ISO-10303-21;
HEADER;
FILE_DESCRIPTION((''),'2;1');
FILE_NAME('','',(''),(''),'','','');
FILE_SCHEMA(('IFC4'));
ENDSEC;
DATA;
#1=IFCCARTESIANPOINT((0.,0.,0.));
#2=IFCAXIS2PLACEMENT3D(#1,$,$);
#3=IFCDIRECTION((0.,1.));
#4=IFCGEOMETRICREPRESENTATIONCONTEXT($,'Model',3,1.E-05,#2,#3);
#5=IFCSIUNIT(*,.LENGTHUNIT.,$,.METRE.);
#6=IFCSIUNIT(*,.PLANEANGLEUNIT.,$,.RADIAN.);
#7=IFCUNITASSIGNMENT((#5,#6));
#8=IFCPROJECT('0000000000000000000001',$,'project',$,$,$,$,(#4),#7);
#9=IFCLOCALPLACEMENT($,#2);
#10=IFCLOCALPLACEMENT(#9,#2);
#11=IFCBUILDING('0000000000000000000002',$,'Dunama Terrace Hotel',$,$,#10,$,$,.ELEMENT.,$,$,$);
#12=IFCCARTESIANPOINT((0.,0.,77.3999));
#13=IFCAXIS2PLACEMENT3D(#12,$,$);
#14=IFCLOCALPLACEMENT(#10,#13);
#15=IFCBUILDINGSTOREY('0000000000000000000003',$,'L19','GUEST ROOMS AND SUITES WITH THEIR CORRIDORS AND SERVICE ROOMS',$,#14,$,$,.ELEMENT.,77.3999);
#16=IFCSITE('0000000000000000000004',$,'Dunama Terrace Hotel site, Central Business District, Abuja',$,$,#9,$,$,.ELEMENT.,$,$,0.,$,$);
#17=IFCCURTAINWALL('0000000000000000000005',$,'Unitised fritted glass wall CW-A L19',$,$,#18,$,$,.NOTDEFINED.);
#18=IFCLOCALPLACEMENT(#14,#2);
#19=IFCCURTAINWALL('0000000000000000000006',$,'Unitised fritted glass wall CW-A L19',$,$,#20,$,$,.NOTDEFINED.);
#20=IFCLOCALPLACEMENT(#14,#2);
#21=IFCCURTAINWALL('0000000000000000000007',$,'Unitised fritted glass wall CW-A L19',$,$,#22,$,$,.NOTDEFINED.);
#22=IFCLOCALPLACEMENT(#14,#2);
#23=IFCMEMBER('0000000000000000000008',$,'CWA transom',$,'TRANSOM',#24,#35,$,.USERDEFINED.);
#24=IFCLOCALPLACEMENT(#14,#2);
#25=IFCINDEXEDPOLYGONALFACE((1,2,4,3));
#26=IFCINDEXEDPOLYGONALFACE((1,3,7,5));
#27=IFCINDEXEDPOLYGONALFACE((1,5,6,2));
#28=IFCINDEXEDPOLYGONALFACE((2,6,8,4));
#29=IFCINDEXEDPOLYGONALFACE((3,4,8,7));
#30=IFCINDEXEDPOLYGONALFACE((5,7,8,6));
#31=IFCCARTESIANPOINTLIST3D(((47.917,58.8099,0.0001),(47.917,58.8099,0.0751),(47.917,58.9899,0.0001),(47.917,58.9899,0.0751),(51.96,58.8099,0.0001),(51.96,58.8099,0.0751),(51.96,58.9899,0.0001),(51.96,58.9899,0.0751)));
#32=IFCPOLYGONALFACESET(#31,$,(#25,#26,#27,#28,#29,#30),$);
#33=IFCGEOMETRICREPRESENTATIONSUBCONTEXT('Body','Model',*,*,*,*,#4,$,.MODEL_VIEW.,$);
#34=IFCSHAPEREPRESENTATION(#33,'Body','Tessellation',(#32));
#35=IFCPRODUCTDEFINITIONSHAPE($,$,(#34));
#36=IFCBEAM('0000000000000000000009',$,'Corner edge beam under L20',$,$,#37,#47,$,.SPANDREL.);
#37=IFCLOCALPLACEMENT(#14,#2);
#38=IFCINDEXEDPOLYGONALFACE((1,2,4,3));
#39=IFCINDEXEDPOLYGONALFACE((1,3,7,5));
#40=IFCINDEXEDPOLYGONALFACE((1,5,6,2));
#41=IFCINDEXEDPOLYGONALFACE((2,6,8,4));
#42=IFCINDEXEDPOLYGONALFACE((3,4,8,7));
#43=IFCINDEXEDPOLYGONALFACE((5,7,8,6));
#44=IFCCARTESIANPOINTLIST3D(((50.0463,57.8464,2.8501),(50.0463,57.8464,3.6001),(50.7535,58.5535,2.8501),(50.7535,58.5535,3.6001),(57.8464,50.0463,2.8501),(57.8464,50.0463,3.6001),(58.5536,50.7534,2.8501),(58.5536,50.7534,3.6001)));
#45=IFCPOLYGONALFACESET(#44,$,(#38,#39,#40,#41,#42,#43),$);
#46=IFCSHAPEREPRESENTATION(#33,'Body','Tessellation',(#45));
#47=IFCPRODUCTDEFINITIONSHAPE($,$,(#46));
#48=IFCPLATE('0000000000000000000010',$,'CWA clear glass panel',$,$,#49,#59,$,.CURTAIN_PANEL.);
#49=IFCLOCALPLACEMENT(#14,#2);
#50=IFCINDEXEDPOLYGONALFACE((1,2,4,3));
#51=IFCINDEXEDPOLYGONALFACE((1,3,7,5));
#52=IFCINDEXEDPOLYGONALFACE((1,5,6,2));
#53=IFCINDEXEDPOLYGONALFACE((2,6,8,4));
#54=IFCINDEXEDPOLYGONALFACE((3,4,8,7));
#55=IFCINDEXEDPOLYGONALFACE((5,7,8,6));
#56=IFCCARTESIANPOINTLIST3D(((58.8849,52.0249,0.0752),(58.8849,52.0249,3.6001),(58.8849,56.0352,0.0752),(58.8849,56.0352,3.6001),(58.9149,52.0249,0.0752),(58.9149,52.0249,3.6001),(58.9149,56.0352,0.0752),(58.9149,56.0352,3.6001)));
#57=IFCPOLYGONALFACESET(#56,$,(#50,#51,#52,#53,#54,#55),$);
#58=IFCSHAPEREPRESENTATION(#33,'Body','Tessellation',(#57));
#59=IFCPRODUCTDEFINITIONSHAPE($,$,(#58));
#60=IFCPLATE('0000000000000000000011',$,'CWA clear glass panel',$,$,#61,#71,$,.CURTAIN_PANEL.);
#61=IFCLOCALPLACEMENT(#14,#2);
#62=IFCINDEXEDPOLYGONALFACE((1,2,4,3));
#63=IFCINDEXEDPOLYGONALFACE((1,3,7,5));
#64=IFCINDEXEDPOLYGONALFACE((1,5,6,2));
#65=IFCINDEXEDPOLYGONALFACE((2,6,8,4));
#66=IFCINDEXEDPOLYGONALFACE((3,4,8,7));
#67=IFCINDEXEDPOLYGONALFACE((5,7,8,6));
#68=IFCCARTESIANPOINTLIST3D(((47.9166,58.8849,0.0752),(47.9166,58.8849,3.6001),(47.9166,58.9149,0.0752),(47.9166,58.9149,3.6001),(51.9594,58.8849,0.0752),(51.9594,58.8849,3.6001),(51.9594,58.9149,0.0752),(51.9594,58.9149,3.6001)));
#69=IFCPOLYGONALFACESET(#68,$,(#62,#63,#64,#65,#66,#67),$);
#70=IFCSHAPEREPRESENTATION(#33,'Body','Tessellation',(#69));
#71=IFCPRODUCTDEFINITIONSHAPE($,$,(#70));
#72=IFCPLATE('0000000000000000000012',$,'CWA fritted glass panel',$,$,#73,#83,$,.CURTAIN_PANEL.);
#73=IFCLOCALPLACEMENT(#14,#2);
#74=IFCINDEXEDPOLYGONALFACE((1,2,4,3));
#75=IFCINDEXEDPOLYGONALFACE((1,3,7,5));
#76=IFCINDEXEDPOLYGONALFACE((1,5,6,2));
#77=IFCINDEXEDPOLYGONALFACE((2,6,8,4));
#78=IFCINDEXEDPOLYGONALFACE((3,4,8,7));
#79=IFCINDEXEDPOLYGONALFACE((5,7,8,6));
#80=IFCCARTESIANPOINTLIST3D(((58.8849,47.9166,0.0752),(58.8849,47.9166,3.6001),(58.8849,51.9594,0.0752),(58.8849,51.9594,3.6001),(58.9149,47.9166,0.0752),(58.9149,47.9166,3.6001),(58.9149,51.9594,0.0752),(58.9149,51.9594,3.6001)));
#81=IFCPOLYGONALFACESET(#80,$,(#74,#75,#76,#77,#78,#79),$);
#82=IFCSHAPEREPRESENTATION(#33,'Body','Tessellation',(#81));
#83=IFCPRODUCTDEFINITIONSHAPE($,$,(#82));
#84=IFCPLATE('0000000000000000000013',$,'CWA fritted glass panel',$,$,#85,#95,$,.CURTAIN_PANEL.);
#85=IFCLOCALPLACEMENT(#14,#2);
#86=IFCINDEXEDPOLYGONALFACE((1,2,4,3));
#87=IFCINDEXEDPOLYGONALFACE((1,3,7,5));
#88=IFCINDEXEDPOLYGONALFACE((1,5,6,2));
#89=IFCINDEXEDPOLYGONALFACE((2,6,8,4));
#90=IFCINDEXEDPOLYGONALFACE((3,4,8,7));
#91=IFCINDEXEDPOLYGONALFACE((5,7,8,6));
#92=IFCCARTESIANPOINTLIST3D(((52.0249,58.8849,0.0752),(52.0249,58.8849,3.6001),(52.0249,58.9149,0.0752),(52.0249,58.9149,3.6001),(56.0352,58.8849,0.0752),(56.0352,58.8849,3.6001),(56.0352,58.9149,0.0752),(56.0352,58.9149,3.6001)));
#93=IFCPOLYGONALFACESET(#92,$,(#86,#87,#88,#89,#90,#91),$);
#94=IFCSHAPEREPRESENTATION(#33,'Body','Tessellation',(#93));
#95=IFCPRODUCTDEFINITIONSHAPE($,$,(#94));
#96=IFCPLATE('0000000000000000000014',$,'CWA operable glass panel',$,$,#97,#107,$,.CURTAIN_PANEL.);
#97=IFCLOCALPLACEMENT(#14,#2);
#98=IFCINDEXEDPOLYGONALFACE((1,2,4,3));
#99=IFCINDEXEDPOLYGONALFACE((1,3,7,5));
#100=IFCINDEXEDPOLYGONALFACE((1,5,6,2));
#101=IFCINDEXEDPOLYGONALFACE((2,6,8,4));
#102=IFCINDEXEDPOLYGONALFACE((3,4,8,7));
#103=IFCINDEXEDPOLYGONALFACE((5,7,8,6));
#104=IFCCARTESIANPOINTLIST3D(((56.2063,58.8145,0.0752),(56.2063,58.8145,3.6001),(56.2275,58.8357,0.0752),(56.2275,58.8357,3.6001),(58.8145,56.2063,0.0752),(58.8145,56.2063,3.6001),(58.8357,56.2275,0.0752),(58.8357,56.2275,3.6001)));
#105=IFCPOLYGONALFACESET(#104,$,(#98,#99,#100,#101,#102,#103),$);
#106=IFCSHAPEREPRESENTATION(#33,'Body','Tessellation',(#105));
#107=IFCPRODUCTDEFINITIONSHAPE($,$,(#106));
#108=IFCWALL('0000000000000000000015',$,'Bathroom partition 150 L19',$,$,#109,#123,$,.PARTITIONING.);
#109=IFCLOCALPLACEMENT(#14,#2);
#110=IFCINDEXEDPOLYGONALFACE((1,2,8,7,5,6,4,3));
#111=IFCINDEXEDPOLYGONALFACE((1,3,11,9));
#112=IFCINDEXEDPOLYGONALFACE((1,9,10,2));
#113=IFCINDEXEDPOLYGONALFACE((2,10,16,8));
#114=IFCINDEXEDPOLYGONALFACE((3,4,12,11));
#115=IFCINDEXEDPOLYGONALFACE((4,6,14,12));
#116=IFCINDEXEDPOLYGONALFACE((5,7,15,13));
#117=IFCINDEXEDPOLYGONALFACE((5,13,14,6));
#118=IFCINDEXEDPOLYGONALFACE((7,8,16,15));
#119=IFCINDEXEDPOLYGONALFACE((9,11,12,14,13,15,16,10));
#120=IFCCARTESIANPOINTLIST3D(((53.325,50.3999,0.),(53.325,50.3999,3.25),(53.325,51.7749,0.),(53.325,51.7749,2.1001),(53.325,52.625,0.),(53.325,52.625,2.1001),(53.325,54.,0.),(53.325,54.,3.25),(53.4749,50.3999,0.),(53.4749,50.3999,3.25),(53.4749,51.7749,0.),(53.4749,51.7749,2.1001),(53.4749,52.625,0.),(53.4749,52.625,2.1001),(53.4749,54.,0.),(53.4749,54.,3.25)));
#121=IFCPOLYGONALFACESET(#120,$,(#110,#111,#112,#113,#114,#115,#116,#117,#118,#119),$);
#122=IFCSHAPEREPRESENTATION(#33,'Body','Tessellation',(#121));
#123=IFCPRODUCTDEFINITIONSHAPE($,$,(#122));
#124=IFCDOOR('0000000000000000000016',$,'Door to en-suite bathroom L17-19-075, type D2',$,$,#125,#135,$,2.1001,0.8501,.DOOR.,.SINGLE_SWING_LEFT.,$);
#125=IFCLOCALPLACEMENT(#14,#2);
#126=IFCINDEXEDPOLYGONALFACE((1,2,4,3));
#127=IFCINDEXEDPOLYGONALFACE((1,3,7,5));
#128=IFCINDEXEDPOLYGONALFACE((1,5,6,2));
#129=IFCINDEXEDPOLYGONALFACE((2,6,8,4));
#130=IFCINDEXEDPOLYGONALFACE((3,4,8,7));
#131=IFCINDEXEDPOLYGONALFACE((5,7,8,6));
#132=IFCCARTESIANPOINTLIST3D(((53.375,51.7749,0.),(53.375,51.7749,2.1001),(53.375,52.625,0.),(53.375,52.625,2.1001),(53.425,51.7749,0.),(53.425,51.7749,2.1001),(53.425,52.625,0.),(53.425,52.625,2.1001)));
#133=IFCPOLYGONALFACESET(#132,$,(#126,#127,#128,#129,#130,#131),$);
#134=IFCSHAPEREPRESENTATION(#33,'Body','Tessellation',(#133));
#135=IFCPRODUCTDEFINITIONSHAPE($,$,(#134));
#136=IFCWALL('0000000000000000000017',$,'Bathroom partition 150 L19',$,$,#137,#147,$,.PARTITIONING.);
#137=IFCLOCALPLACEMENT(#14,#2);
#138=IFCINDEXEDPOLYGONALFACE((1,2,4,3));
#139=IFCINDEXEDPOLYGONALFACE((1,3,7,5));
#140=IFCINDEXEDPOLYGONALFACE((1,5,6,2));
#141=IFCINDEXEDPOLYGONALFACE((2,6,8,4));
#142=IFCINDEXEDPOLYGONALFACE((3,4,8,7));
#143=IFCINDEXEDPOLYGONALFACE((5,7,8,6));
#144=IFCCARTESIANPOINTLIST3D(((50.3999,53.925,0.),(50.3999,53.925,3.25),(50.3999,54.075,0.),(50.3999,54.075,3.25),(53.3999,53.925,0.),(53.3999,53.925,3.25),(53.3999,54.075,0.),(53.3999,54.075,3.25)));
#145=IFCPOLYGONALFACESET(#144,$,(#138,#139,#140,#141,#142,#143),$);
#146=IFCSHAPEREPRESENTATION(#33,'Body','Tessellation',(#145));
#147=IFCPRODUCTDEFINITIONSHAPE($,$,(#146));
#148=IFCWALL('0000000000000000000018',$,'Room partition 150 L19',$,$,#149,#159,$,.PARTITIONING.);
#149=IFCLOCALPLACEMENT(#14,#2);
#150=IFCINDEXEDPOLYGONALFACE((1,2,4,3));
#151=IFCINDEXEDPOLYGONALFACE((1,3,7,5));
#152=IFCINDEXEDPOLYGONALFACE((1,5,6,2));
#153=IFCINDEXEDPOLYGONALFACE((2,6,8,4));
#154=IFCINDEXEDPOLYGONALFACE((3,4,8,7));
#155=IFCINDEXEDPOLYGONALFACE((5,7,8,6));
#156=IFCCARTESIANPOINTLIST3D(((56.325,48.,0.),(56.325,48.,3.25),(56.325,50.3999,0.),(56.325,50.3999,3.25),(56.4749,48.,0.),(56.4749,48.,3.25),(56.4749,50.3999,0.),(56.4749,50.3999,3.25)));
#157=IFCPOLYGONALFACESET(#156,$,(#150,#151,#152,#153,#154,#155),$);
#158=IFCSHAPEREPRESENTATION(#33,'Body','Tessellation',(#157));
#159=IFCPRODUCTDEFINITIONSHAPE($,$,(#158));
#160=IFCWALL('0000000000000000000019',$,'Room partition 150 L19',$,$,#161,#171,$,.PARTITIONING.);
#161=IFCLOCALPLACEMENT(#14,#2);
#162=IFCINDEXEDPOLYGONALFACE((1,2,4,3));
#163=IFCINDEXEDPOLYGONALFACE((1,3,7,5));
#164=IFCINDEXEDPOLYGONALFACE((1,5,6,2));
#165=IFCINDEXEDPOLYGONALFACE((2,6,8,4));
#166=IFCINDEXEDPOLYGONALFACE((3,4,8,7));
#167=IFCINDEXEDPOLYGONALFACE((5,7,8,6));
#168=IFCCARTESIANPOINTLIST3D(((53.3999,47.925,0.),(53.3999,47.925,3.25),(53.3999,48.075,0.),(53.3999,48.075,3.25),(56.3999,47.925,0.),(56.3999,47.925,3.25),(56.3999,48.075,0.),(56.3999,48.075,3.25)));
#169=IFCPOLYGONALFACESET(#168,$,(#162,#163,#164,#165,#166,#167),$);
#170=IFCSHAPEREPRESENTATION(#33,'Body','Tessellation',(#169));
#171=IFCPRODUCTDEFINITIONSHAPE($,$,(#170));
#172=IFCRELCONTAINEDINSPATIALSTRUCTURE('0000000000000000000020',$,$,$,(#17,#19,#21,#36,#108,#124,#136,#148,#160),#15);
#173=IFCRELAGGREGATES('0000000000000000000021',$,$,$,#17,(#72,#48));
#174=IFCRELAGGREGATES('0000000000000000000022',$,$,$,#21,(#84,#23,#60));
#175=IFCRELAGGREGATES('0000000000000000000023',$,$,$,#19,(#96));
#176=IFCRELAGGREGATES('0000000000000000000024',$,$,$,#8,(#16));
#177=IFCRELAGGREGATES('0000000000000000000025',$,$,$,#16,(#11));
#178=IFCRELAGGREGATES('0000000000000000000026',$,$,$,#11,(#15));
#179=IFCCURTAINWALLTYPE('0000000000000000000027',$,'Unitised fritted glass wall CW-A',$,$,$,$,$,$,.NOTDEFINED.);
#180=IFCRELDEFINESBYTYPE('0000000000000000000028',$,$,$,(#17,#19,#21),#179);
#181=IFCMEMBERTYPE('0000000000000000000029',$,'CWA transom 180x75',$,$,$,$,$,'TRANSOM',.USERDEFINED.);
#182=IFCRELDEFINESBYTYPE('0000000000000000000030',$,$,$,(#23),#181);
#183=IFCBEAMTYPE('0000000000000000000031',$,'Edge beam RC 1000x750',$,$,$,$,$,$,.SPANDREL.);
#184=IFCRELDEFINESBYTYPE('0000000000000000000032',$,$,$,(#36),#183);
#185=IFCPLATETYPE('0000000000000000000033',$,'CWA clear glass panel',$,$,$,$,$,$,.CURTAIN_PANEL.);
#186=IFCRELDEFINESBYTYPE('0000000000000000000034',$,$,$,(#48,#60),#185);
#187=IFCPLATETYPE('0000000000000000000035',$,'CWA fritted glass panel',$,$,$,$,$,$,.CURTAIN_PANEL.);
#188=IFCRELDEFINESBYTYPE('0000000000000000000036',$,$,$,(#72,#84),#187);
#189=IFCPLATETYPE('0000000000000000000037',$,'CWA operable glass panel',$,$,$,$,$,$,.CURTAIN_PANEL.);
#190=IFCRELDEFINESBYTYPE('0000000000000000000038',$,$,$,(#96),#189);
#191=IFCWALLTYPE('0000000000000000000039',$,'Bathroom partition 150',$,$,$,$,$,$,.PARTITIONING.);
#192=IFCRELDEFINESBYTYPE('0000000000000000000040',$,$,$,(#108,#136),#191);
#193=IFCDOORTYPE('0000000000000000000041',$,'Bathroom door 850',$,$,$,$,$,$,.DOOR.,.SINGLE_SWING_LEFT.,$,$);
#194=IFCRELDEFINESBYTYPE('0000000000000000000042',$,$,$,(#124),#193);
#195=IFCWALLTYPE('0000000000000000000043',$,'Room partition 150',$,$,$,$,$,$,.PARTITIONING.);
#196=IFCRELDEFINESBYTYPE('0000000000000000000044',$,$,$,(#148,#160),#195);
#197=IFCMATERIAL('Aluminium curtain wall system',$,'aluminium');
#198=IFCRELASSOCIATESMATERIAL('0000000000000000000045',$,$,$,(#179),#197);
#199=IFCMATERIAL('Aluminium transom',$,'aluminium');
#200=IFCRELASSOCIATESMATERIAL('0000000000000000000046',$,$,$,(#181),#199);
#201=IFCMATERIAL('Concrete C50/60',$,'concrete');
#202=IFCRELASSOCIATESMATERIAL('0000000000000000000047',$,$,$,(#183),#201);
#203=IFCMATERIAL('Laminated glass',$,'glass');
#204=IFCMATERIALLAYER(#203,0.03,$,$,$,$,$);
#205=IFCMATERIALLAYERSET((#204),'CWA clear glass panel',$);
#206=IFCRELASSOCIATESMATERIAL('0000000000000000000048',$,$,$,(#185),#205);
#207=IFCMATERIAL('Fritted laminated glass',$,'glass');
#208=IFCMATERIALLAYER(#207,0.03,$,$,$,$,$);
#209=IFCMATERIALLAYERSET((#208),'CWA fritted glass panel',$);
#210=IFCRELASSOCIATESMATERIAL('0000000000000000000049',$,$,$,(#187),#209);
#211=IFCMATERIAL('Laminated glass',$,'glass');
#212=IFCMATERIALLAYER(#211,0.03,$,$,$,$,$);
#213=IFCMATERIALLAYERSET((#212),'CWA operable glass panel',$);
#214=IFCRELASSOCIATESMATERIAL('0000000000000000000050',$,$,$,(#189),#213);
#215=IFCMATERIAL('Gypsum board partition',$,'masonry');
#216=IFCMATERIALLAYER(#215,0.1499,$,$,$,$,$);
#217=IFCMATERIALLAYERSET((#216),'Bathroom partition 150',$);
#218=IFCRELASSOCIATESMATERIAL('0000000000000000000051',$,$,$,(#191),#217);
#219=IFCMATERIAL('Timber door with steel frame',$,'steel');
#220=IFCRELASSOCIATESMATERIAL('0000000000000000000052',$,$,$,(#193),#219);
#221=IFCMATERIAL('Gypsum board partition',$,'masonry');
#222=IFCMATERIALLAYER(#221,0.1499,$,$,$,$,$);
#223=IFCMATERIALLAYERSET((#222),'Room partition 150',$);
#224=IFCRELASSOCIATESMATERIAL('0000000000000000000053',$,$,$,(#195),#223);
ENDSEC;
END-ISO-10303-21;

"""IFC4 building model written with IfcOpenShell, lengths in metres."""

from ifc_helpers import new_model, si_unit, direction, frame, frame_2d, origin, origin_2d, place, context, subcontext, project, spatial, rectangle, extrude, material, layer, layer_set, material_profile, profile_set, type_object, element, fill, aggregate, save


model = new_model("IFC4")

# Units and contexts
model_context = context("Model", 3, precision=1e-05, world=origin(), true_north=direction((0.0, 1.0)))
body_context = subcontext(model_context, "Body", "Model", "MODEL_VIEW")
ifc_project = project(units=[si_unit("LENGTHUNIT", "METRE"), si_unit("PLANEANGLEUNIT", "RADIAN")], contexts=[model_context])

# Site, building, storey
site_placement = place(None, origin())
site = spatial("IfcSite", under=ifc_project, at=site_placement, Name="Dunama Terrace Hotel site, Central Business District, Abuja", CompositionType="ELEMENT", RefElevation=0.0)
building_placement = place(site_placement, origin())
building = spatial("IfcBuilding", under=site, at=building_placement, Name="Dunama Terrace Hotel", CompositionType="ELEMENT")
storey_placement = place(building_placement, frame((0.0, 0.0, 77.3999)))
storey = spatial("IfcBuildingStorey", under=building, at=storey_placement, Name="L19", Description="GUEST ROOMS AND SUITES WITH THEIR CORRIDORS AND SERVICE ROOMS", CompositionType="ELEMENT", Elevation=77.3999)

# Curtain walls
ifc_material_1 = material(Name="Aluminium curtain wall system", Category="aluminium")
curtain_wall_type = type_object("IfcCurtainWallType", Name="Unitised fritted glass wall CW-A", PredefinedType="NOTDEFINED", material=ifc_material_1)
curtain_wall_1_placement = place(storey_placement, origin())
curtain_wall_1 = element("IfcCurtainWall", 1, at=curtain_wall_1_placement, inside=storey, type_object=curtain_wall_type, Name="Unitised fritted glass wall CW-A L19", PredefinedType="NOTDEFINED")
curtain_wall_2_placement = place(storey_placement, origin())
curtain_wall_2 = element("IfcCurtainWall", 2, at=curtain_wall_2_placement, inside=storey, type_object=curtain_wall_type, Name="Unitised fritted glass wall CW-A L19", PredefinedType="NOTDEFINED")
curtain_wall_3_placement = place(storey_placement, origin())
curtain_wall_3 = element("IfcCurtainWall", 3, at=curtain_wall_3_placement, inside=storey, type_object=curtain_wall_type, Name="Unitised fritted glass wall CW-A L19", PredefinedType="NOTDEFINED")

# Member
ifc_material_2 = material(Name="Aluminium transom", Category="aluminium")
ifc_material_profile_1 = material_profile(ifc_material_2, rectangle(XDim=0.1799, YDim=0.075, at=origin_2d()), Name="CWA TRANSOM 180X75")
ifc_profile_set_1 = profile_set([ifc_material_profile_1], Name="Aluminium transom")
member_type_1 = type_object("IfcMemberType", Name="CWA transom 180x75", ElementType="TRANSOM", PredefinedType="USERDEFINED", material=ifc_profile_set_1)
member_1_placement = place(storey_placement, frame((51.96, 58.8999, 0.0376), z_axis=(-1.0, 0.0, 0.0), x_axis=(0.0, -1.0, 0.0)))
member_1 = element("IfcMember", 4, at=member_1_placement, type_object=member_type_1, Name="CWA transom", ObjectType="TRANSOM", PredefinedType="USERDEFINED", context=body_context, shape_type="SweptSolid", body=[
    extrude(rectangle(XDim=0.1799, YDim=0.075, at=origin_2d()), origin(), (0.0, 0.0, 1.0), 4.043),
])

# Beam
ifc_material_3 = material(Name="Concrete C50/60", Category="concrete")
ifc_material_profile_2 = material_profile(ifc_material_3, rectangle(XDim=1.0, YDim=0.75, at=origin_2d()), Name="RC 1000x750")
ifc_profile_set_2 = profile_set([ifc_material_profile_2], Name="Concrete C50/60")
beam_type = type_object("IfcBeamType", Name="Edge beam RC 1000x750", PredefinedType="SPANDREL", material=ifc_profile_set_2)
beam_placement = place(storey_placement, frame((50.3999, 58.2, 3.2251), z_axis=(0.707107, -0.707107, 0.0), x_axis=(0.707107, 0.707107, 0.0)))
element("IfcBeam", 5, at=beam_placement, inside=storey, type_object=beam_type, Name="Corner edge beam under L20", PredefinedType="SPANDREL", context=body_context, shape_type="SweptSolid", body=[
    extrude(rectangle(XDim=1.0, YDim=0.75, at=origin_2d()), origin(), (0.0, 0.0, 1.0), 11.031),
])

# Plates
ifc_material_4 = material(Name="Laminated glass", Category="glass")
ifc_layer_1 = layer(ifc_material_4, 0.03)
ifc_layer_set_1 = layer_set([ifc_layer_1], Name="CWA clear glass panel")
plate_type_1 = type_object("IfcPlateType", Name="CWA clear glass panel", PredefinedType="CURTAIN_PANEL", material=ifc_layer_set_1)
plate_1_placement = place(storey_placement, frame((58.8999, 54.03, 0.0752), z_axis=(0.0, 0.0, 1.0), x_axis=(0.0, 1.0, 0.0)))
plate_1 = element("IfcPlate", 6, at=plate_1_placement, type_object=plate_type_1, Name="CWA clear glass panel", PredefinedType="CURTAIN_PANEL", context=body_context, shape_type="SweptSolid", body=[
    extrude(rectangle(XDim=4.0103, YDim=0.03, at=origin_2d()), origin(), (0.0, 0.0, 1.0), 3.5249),
])
plate_2_placement = place(storey_placement, frame((49.938, 58.8999, 0.0752), z_axis=(0.0, 0.0, 1.0), x_axis=(-1.0, 0.0, 0.0)))
plate_2 = element("IfcPlate", 7, at=plate_2_placement, type_object=plate_type_1, Name="CWA clear glass panel", PredefinedType="CURTAIN_PANEL", context=body_context, shape_type="SweptSolid", body=[
    extrude(rectangle(XDim=4.0427, YDim=0.03, at=origin_2d()), origin(), (0.0, 0.0, 1.0), 3.5249),
])
ifc_material_5 = material(Name="Fritted laminated glass", Category="glass")
ifc_layer_2 = layer(ifc_material_5, 0.03)
ifc_layer_set_2 = layer_set([ifc_layer_2], Name="CWA fritted glass panel")
plate_type_2 = type_object("IfcPlateType", Name="CWA fritted glass panel", PredefinedType="CURTAIN_PANEL", material=ifc_layer_set_2)
plate_3_placement = place(storey_placement, frame((58.8999, 49.938, 0.0752), z_axis=(0.0, 0.0, 1.0), x_axis=(0.0, 1.0, 0.0)))
plate_3 = element("IfcPlate", 8, at=plate_3_placement, type_object=plate_type_2, Name="CWA fritted glass panel", PredefinedType="CURTAIN_PANEL", context=body_context, shape_type="SweptSolid", body=[
    extrude(rectangle(XDim=4.0427, YDim=0.03, at=origin_2d()), origin(), (0.0, 0.0, 1.0), 3.5249),
])
aggregate(curtain_wall_1, [plate_3, plate_1])
plate_4_placement = place(storey_placement, frame((54.03, 58.8999, 0.0752), z_axis=(0.0, 0.0, 1.0), x_axis=(-1.0, 0.0, 0.0)))
plate_4 = element("IfcPlate", 9, at=plate_4_placement, type_object=plate_type_2, Name="CWA fritted glass panel", PredefinedType="CURTAIN_PANEL", context=body_context, shape_type="SweptSolid", body=[
    extrude(rectangle(XDim=4.0103, YDim=0.03, at=origin_2d()), origin(), (0.0, 0.0, 1.0), 3.5249),
])
aggregate(curtain_wall_3, [plate_4, member_1, plate_2])
ifc_material_6 = material(Name="Laminated glass", Category="glass")
ifc_layer_3 = layer(ifc_material_6, 0.03)
ifc_layer_set_3 = layer_set([ifc_layer_3], Name="CWA operable glass panel")
plate_type_3 = type_object("IfcPlateType", Name="CWA operable glass panel", PredefinedType="CURTAIN_PANEL", material=ifc_layer_set_3)
plate_5_placement = place(storey_placement, frame((57.521, 57.521, 0.0752), z_axis=(0.0, 0.0, 1.0), x_axis=(-0.707107, 0.707107, 0.0)))
plate_5 = element("IfcPlate", 10, at=plate_5_placement, type_object=plate_type_3, Name="CWA operable glass panel", PredefinedType="CURTAIN_PANEL", context=body_context, shape_type="SweptSolid", body=[
    extrude(rectangle(XDim=3.6885, YDim=0.03, at=origin_2d()), origin(), (0.0, 0.0, 1.0), 3.5249),
])
aggregate(curtain_wall_2, [plate_5])

# Wall, opening, door
ifc_material_7 = material(Name="Gypsum board partition", Category="masonry")
ifc_layer_4 = layer(ifc_material_7, 0.1499)
ifc_layer_set_4 = layer_set([ifc_layer_4], Name="Bathroom partition 150")
wall_type_1 = type_object("IfcWallType", Name="Bathroom partition 150", PredefinedType="PARTITIONING", material=ifc_layer_set_4)
wall_1_placement = place(storey_placement, frame((53.3999, 50.3999, 0.0), z_axis=(0.0, 0.0, 1.0), x_axis=(0.0, 1.0, 0.0)))
wall_1 = element("IfcWall", 11, at=wall_1_placement, inside=storey, type_object=wall_type_1, Name="Bathroom partition 150 L19", PredefinedType="PARTITIONING", context=body_context, shape_type="SweptSolid", body=[
    extrude(rectangle(XDim=3.6001, YDim=0.1499, at=frame_2d((1.8, 0.0))), origin(), (0.0, 0.0, 1.0), 3.25),
])
opening_1_placement = place(wall_1_placement, frame((1.375, 0.0, 0.0)))
opening_1 = element("IfcOpeningElement", 12, at=opening_1_placement, cuts=wall_1, PredefinedType="OPENING", context=body_context, shape_type="SweptSolid", body=[
    extrude(rectangle(XDim=0.8501, YDim=2.1001, at=frame_2d((0.425, 1.05))), frame((0.0, 0.085, 0.0), z_axis=(0.0, -1.0, 0.0), x_axis=(1.0, 0.0, 0.0)), (0.0, 0.0, 1.0), 0.1699),
])
ifc_material_8 = material(Name="Timber door with steel frame", Category="steel")
door_type_1 = type_object("IfcDoorType", Name="Bathroom door 850", OperationType="SINGLE_SWING_LEFT", PredefinedType="DOOR", material=ifc_material_8)
door_1_placement = place(opening_1_placement, origin())
door_1 = element("IfcDoor", 13, at=door_1_placement, inside=storey, type_object=door_type_1, Name="Door to en-suite bathroom L17-19-075, type D2", OperationType="SINGLE_SWING_LEFT", OverallHeight=2.1001, OverallWidth=0.8501, PredefinedType="DOOR", context=body_context, shape_type="SweptSolid", body=[
    extrude(rectangle(XDim=0.8501, YDim=2.1001, at=frame_2d((0.425, 1.05))), frame((0.0, 0.0249, 0.0), z_axis=(0.0, -1.0, 0.0), x_axis=(1.0, 0.0, 0.0)), (0.0, 0.0, 1.0), 0.05),
])
fill(opening_1, door_1)

# Walls
wall_2_placement = place(storey_placement, frame((50.3999, 54.0, 0.0), z_axis=(0.0, 0.0, 1.0), x_axis=(1.0, 0.0, 0.0)))
element("IfcWall", 14, at=wall_2_placement, inside=storey, type_object=wall_type_1, Name="Bathroom partition 150 L19", PredefinedType="PARTITIONING", context=body_context, shape_type="SweptSolid", body=[
    extrude(rectangle(XDim=3.0, YDim=0.1499, at=frame_2d((1.5, 0.0))), origin(), (0.0, 0.0, 1.0), 3.25),
])
ifc_material_9 = material(Name="Gypsum board partition", Category="masonry")
ifc_layer_5 = layer(ifc_material_9, 0.1499)
ifc_layer_set_5 = layer_set([ifc_layer_5], Name="Room partition 150")
wall_type_2 = type_object("IfcWallType", Name="Room partition 150", PredefinedType="PARTITIONING", material=ifc_layer_set_5)
wall_3_placement = place(storey_placement, frame((56.3999, 48.0, 0.0), z_axis=(0.0, 0.0, 1.0), x_axis=(0.0, 1.0, 0.0)))
element("IfcWall", 15, at=wall_3_placement, inside=storey, type_object=wall_type_2, Name="Room partition 150 L19", PredefinedType="PARTITIONING", context=body_context, shape_type="SweptSolid", body=[
    extrude(rectangle(XDim=2.3999, YDim=0.1499, at=frame_2d((1.2, 0.0))), origin(), (0.0, 0.0, 1.0), 3.25),
])
wall_4_placement = place(storey_placement, frame((53.3999, 48.0, 0.0), z_axis=(0.0, 0.0, 1.0), x_axis=(1.0, 0.0, 0.0)))
element("IfcWall", 16, at=wall_4_placement, inside=storey, type_object=wall_type_2, Name="Room partition 150 L19", PredefinedType="PARTITIONING", context=body_context, shape_type="SweptSolid", body=[
    extrude(rectangle(XDim=3.0, YDim=0.1499, at=frame_2d((1.5, 0.0))), origin(), (0.0, 0.0, 1.0), 3.25),
])

save(model, "model.ifc")
